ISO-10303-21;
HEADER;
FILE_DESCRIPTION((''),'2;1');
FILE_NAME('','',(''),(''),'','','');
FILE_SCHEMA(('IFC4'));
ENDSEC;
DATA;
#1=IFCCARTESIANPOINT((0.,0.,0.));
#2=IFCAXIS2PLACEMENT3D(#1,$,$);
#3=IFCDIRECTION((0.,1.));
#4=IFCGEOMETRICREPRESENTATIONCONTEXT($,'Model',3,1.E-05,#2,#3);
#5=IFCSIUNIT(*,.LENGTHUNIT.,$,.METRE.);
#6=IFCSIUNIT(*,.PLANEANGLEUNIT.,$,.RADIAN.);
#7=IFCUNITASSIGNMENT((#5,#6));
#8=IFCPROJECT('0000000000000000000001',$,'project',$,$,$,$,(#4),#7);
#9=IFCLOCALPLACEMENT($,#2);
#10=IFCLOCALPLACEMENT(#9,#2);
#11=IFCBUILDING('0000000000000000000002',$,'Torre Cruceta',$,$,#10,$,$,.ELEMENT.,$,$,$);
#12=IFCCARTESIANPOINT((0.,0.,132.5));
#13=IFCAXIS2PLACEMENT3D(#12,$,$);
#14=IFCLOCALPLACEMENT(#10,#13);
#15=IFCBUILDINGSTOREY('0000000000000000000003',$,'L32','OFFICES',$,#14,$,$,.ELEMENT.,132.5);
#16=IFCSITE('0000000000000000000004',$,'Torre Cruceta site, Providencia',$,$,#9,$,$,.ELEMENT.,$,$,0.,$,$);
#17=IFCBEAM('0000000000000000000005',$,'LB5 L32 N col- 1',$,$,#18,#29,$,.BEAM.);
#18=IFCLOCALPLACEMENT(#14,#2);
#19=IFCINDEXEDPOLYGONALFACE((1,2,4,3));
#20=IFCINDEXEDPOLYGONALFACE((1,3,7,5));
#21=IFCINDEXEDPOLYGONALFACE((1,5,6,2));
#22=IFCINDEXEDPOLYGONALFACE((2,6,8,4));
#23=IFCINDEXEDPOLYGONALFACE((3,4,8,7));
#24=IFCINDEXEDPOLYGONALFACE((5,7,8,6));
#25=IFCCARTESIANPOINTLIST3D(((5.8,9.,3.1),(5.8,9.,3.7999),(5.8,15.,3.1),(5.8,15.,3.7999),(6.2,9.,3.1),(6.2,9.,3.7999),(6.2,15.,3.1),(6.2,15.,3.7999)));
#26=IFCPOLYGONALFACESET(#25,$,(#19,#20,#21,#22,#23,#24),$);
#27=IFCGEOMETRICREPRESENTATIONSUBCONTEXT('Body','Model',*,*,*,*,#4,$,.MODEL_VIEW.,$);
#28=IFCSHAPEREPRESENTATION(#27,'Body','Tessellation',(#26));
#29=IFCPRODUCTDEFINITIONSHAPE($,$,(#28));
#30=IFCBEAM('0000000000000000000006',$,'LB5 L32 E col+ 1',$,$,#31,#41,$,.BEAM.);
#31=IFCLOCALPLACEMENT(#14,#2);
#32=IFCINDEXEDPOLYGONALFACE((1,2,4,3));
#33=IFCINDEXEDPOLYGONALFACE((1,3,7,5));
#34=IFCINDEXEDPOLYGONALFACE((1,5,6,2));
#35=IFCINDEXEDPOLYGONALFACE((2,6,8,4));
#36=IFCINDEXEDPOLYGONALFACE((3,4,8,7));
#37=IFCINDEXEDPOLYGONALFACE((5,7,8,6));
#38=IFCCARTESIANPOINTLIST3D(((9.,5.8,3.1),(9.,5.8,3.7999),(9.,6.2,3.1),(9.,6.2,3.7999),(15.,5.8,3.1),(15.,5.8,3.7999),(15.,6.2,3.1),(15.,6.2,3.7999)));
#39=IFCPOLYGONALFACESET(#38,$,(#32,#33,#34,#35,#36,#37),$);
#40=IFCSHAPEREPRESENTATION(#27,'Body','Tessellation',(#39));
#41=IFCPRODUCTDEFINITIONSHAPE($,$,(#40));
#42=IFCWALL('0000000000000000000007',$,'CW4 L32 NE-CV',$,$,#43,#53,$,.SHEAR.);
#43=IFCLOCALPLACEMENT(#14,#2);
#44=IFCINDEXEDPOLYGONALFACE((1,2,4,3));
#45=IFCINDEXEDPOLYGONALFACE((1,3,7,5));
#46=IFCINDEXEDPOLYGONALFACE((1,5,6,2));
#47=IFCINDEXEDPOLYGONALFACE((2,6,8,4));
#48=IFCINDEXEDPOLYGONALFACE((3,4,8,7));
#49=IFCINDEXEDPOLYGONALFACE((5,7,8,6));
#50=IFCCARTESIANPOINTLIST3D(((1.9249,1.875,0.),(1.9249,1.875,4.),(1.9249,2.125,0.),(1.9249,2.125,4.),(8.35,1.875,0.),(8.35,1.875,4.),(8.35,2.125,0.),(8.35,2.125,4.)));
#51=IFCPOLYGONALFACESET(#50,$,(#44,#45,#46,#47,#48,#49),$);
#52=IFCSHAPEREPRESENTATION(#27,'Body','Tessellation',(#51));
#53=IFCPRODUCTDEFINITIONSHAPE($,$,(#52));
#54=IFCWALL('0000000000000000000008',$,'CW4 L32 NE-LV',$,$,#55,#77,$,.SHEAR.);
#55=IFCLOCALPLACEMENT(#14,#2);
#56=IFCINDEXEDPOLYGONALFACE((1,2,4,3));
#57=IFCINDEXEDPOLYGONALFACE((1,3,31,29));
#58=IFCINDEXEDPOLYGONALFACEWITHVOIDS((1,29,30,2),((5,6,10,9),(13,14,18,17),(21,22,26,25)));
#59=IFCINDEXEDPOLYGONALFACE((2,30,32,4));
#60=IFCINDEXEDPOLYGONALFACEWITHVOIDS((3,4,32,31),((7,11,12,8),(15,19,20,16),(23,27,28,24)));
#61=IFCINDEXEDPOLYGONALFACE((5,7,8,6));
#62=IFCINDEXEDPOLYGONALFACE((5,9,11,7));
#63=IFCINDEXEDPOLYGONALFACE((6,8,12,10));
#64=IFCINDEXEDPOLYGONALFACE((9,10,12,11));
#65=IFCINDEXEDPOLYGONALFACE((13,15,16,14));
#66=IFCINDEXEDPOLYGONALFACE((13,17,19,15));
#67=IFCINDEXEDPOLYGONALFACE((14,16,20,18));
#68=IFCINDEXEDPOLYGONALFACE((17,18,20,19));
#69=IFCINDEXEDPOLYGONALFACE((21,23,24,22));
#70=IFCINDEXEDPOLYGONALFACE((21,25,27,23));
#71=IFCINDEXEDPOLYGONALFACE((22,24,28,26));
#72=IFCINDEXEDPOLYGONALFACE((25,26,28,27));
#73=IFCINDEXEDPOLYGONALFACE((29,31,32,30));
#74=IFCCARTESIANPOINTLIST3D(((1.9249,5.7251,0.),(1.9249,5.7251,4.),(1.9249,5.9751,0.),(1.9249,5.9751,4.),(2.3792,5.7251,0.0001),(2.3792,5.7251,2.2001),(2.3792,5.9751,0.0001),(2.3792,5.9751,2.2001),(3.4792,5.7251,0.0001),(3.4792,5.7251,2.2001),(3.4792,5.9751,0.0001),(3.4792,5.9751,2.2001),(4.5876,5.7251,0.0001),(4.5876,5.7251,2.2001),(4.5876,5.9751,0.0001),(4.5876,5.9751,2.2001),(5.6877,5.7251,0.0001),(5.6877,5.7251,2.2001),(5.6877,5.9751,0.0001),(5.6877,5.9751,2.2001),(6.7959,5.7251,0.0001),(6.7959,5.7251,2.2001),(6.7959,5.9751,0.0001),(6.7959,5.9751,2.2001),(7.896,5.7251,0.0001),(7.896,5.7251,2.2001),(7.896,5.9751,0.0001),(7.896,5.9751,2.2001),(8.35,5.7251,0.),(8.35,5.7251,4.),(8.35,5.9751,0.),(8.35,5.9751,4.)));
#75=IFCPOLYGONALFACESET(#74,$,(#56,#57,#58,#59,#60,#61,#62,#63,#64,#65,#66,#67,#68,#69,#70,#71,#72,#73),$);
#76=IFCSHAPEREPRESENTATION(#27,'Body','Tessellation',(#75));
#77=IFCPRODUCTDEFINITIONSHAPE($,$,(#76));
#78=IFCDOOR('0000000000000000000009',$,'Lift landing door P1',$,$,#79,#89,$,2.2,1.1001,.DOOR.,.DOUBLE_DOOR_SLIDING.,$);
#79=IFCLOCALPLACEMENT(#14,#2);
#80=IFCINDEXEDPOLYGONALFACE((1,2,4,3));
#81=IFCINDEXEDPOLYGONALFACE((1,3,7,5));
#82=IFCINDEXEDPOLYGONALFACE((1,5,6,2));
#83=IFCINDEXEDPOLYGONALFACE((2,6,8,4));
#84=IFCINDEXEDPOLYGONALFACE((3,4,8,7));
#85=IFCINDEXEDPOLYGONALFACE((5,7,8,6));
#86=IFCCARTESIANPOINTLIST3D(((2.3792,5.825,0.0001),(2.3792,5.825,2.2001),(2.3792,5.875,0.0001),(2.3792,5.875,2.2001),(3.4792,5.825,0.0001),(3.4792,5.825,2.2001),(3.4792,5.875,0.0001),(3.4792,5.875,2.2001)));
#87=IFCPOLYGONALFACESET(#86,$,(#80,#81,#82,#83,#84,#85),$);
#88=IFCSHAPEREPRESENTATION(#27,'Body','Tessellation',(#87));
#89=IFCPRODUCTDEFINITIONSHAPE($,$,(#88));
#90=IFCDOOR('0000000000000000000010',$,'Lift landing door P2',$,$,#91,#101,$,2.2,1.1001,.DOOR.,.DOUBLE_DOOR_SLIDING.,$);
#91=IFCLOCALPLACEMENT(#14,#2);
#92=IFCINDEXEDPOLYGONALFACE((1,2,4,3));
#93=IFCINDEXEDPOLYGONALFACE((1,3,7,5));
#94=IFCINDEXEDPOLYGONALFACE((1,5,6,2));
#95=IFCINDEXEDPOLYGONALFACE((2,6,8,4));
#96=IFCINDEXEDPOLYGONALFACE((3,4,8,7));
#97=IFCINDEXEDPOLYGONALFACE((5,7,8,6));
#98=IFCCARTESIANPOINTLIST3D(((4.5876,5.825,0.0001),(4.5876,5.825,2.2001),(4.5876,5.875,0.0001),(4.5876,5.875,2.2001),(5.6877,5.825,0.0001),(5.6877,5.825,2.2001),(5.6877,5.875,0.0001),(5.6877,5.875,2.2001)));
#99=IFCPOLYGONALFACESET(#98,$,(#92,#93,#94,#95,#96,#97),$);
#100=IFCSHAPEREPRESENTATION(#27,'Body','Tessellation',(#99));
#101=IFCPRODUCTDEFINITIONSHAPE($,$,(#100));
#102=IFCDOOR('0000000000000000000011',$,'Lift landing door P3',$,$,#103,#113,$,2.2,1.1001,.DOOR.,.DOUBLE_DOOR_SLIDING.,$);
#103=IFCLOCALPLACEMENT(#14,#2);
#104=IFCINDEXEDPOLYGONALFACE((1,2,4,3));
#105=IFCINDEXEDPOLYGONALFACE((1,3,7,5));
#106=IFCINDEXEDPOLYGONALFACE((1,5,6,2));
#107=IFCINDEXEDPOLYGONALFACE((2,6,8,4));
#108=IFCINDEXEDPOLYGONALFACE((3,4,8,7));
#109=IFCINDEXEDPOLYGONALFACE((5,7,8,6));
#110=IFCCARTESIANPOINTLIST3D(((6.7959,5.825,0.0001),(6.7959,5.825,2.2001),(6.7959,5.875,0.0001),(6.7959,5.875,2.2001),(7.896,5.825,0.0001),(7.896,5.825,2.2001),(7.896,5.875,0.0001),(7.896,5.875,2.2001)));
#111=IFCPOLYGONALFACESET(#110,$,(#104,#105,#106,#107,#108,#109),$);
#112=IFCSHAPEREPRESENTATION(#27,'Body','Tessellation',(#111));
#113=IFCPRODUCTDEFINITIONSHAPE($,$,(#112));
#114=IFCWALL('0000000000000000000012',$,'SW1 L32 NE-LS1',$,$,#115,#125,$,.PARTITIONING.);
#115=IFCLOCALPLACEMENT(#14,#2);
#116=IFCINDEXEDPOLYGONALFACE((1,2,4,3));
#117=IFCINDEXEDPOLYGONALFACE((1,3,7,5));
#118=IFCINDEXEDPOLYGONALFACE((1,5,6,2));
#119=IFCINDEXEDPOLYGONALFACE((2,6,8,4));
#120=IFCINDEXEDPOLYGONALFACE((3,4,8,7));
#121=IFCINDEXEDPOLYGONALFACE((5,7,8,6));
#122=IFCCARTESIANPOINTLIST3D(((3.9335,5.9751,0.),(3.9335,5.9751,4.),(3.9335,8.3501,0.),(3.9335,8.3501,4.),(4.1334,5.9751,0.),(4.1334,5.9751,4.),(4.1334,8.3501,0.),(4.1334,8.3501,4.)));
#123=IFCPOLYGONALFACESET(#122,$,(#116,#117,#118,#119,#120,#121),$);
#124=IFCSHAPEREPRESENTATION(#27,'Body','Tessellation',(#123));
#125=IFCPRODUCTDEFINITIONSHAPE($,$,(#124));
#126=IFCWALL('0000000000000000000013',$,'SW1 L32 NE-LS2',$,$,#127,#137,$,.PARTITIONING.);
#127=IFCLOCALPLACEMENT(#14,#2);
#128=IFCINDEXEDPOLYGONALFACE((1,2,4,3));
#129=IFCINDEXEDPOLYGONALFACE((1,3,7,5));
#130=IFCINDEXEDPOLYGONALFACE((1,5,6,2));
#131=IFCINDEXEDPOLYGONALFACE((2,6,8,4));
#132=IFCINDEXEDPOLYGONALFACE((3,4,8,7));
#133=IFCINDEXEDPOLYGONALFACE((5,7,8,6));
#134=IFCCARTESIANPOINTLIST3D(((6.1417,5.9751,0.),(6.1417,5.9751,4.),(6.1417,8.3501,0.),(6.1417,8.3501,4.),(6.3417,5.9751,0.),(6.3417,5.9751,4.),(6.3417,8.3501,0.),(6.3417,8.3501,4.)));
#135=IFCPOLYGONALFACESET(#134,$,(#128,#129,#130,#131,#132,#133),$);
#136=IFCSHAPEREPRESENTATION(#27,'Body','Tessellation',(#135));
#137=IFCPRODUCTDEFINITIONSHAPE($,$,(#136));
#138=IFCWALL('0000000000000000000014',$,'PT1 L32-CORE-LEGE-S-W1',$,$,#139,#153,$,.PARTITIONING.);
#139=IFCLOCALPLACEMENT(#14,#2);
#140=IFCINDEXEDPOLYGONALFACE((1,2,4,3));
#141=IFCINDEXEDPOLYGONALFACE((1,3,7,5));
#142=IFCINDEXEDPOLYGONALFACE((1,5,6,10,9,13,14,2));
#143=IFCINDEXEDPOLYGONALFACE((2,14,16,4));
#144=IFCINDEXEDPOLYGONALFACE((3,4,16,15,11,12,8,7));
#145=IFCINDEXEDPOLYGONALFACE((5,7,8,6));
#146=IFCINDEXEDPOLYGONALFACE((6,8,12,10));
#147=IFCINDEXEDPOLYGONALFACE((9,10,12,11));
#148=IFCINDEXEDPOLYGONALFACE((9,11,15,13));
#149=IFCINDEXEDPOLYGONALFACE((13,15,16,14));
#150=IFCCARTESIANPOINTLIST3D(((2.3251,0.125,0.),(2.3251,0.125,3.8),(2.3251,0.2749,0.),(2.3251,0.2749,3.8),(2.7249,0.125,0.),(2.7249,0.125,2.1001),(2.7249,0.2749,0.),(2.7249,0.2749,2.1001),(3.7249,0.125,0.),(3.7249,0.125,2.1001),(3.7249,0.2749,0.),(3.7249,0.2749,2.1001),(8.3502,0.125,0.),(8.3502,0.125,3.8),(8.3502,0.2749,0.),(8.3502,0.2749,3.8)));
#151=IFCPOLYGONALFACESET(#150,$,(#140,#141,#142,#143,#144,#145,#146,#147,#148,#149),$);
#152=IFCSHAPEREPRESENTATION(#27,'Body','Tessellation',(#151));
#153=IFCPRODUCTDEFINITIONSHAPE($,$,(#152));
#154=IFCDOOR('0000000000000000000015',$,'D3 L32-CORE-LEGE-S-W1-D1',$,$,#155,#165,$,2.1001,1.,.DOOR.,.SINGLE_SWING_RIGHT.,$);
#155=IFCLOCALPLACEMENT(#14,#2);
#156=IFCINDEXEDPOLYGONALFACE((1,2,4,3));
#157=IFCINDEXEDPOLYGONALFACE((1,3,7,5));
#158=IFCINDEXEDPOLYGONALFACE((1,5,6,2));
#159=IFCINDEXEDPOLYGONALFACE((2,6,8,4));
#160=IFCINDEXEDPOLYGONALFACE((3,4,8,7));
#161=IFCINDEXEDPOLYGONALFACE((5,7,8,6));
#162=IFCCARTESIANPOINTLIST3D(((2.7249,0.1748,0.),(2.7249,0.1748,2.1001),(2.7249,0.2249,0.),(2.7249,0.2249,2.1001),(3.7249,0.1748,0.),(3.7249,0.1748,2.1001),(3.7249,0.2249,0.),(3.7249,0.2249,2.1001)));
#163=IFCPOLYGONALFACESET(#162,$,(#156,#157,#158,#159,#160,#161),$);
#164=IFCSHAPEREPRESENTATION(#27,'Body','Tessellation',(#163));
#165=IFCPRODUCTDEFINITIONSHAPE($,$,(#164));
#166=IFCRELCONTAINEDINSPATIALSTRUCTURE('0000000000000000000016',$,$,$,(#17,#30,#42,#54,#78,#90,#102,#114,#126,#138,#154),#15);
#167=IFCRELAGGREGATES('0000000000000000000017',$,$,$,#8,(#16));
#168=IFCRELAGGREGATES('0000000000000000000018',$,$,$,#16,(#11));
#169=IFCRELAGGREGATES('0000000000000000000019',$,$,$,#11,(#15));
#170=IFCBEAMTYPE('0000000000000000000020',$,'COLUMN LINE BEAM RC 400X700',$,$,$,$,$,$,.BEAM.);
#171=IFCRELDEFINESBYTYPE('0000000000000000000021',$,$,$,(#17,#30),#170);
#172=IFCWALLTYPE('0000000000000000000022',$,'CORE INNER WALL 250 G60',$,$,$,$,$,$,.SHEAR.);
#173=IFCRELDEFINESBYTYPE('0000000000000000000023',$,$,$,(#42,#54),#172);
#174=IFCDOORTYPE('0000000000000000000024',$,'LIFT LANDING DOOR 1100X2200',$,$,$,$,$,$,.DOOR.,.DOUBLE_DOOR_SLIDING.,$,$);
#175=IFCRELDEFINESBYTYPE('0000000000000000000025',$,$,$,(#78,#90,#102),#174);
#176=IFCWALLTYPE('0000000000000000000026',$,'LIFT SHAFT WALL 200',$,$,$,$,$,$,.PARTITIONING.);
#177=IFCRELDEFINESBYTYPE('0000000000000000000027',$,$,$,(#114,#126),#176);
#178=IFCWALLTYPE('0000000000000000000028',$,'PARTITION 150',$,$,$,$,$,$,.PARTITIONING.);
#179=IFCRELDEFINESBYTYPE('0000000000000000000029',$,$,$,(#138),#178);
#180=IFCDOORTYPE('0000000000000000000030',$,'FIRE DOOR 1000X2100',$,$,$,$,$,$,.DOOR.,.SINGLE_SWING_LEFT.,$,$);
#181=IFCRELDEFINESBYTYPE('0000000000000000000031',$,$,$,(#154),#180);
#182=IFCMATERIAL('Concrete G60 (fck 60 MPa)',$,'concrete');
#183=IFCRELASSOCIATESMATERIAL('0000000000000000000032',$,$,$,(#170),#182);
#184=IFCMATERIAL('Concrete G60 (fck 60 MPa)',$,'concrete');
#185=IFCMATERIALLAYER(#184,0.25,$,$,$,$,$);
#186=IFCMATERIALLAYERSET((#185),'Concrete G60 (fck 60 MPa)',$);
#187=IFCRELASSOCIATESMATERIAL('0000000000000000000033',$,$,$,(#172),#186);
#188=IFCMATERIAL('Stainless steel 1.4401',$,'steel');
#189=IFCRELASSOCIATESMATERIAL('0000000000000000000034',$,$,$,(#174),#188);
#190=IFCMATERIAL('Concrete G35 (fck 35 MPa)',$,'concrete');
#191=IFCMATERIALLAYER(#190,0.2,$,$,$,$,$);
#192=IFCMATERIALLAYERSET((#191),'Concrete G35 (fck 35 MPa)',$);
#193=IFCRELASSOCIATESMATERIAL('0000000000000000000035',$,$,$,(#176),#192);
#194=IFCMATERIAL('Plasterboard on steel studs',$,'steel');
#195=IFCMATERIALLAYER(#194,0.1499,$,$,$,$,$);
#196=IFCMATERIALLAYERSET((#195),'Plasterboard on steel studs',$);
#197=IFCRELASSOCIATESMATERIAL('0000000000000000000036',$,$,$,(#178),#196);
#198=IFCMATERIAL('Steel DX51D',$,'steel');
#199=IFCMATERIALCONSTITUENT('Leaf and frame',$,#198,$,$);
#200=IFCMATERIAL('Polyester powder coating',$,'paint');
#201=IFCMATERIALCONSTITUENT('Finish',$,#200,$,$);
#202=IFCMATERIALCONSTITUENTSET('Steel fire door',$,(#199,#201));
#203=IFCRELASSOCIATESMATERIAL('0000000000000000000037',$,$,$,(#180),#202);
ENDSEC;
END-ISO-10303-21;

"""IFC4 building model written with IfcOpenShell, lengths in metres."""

from ifc_helpers import new_model, si_unit, direction, frame, frame_2d, origin, origin_2d, place, context, subcontext, project, spatial, rectangle, extrude, material, layer, layer_set, constituent, constituent_set, material_profile, profile_set, type_object, element, fill, save


model = new_model("IFC4")

# Units and contexts
model_context = context("Model", 3, precision=1e-05, world=origin(), true_north=direction((0.0, 1.0)))
body_context = subcontext(model_context, "Body", "Model", "MODEL_VIEW")
ifc_project = project(units=[si_unit("LENGTHUNIT", "METRE"), si_unit("PLANEANGLEUNIT", "RADIAN")], contexts=[model_context])

# Site, building, storey
site_placement = place(None, origin())
site = spatial("IfcSite", under=ifc_project, at=site_placement, Name="Torre Cruceta site, Providencia", CompositionType="ELEMENT", RefElevation=0.0)
building_placement = place(site_placement, origin())
building = spatial("IfcBuilding", under=site, at=building_placement, Name="Torre Cruceta", CompositionType="ELEMENT")
storey_placement = place(building_placement, frame((0.0, 0.0, 132.5)))
storey = spatial("IfcBuildingStorey", under=building, at=storey_placement, Name="L32", Description="OFFICES", CompositionType="ELEMENT", Elevation=132.5)

# Beams
ifc_material_1 = material(Name="Concrete G60 (fck 60 MPa)", Category="concrete")
ifc_material_profile = material_profile(ifc_material_1, rectangle(XDim=0.3999, YDim=0.7, at=origin_2d()), Name="RC 400X700")
ifc_profile_set = profile_set([ifc_material_profile], Name="Concrete G60 (fck 60 MPa)")
beam_type = type_object("IfcBeamType", Name="COLUMN LINE BEAM RC 400X700", PredefinedType="BEAM", material=ifc_profile_set)
for number, where, z_axis, x_axis, name in (
    (1, (6.0, 9.0, 3.45), (0.0, 1.0, 0.0), (-1.0, 0.0, 0.0), "LB5 L32 N col- 1"),
    (2, (9.0, 6.0, 3.45), (1.0, 0.0, 0.0), (0.0, 1.0, 0.0), "LB5 L32 E col+ 1"),
):
    element("IfcBeam", number, at=place(storey_placement, frame(where, z_axis=z_axis, x_axis=x_axis)), inside=storey, type_object=beam_type, Name=name, PredefinedType="BEAM", context=body_context, shape_type="SweptSolid", body=[
        extrude(rectangle(XDim=0.3999, YDim=0.7, at=origin_2d()), origin(), (0.0, 0.0, 1.0), 6.0),
    ])

# Shared definitions
ifc_material_2 = material(Name="Concrete G60 (fck 60 MPa)", Category="concrete")
ifc_layer_1 = layer(ifc_material_2, 0.25)
ifc_layer_set_1 = layer_set([ifc_layer_1], Name="Concrete G60 (fck 60 MPa)")
wall_type_1 = type_object("IfcWallType", Name="CORE INNER WALL 250 G60", PredefinedType="SHEAR", material=ifc_layer_set_1)

# Wall
wall_1_placement = place(storey_placement, frame((1.925, 2.0, 0.0), z_axis=(0.0, 0.0, 1.0), x_axis=(1.0, 0.0, 0.0)))
element("IfcWall", 3, at=wall_1_placement, inside=storey, type_object=wall_type_1, Name="CW4 L32 NE-CV", PredefinedType="SHEAR", context=body_context, shape_type="SweptSolid", body=[
    extrude(rectangle(XDim=6.425, YDim=0.25, at=frame_2d((3.2124, 0.0))), origin(), (0.0, 0.0, 1.0), 4.0),
])

# Wall, openings, doors
wall_2_placement = place(storey_placement, frame((1.925, 5.8501, 0.0), z_axis=(0.0, 0.0, 1.0), x_axis=(1.0, 0.0, 0.0)))
wall_2 = element("IfcWall", 4, at=wall_2_placement, inside=storey, type_object=wall_type_1, Name="CW4 L32 NE-LV", PredefinedType="SHEAR", context=body_context, shape_type="SweptSolid", body=[
    extrude(rectangle(XDim=6.425, YDim=0.25, at=frame_2d((3.2124, 0.0))), origin(), (0.0, 0.0, 1.0), 4.0),
])
opening_1_placement = place(wall_2_placement, frame((0.4541, 0.0, 0.0)))
opening_1 = element("IfcOpeningElement", 5, at=opening_1_placement, cuts=wall_2, PredefinedType="OPENING", context=body_context, shape_type="SweptSolid", body=[
    extrude(rectangle(XDim=1.1001, YDim=2.2, at=frame_2d((0.55, 1.1001))), frame((0.0, 0.135, 0.0), z_axis=(0.0, -1.0, 0.0), x_axis=(1.0, 0.0, 0.0)), (0.0, 0.0, 1.0), 0.27),
])
opening_2_placement = place(wall_2_placement, frame((2.6626, 0.0, 0.0)))
opening_2 = element("IfcOpeningElement", 6, at=opening_2_placement, cuts=wall_2, PredefinedType="OPENING", context=body_context, shape_type="SweptSolid", body=[
    extrude(rectangle(XDim=1.1001, YDim=2.2, at=frame_2d((0.55, 1.1001))), frame((0.0, 0.135, 0.0), z_axis=(0.0, -1.0, 0.0), x_axis=(1.0, 0.0, 0.0)), (0.0, 0.0, 1.0), 0.27),
])
opening_3_placement = place(wall_2_placement, frame((4.8708, 0.0, 0.0)))
opening_3 = element("IfcOpeningElement", 7, at=opening_3_placement, cuts=wall_2, PredefinedType="OPENING", context=body_context, shape_type="SweptSolid", body=[
    extrude(rectangle(XDim=1.1001, YDim=2.2, at=frame_2d((0.55, 1.1001))), frame((0.0, 0.135, 0.0), z_axis=(0.0, -1.0, 0.0), x_axis=(1.0, 0.0, 0.0)), (0.0, 0.0, 1.0), 0.27),
])
ifc_material_3 = material(Name="Stainless steel 1.4401", Category="steel")
door_type_1 = type_object("IfcDoorType", Name="LIFT LANDING DOOR 1100X2200", OperationType="DOUBLE_DOOR_SLIDING", PredefinedType="DOOR", material=ifc_material_3)
door_1_placement = place(opening_1_placement, origin())
door_1 = element("IfcDoor", 8, at=door_1_placement, inside=storey, type_object=door_type_1, Name="Lift landing door P1", OperationType="DOUBLE_DOOR_SLIDING", OverallHeight=2.2, OverallWidth=1.1001, PredefinedType="DOOR", context=body_context, shape_type="SweptSolid", body=[
    extrude(rectangle(XDim=1.1001, YDim=2.2, at=frame_2d((0.55, 1.1001))), frame((0.0, 0.0249, 0.0), z_axis=(0.0, -1.0, 0.0), x_axis=(1.0, 0.0, 0.0)), (0.0, 0.0, 1.0), 0.05),
])
fill(opening_1, door_1)
door_2_placement = place(opening_2_placement, origin())
door_2 = element("IfcDoor", 9, at=door_2_placement, inside=storey, type_object=door_type_1, Name="Lift landing door P2", OperationType="DOUBLE_DOOR_SLIDING", OverallHeight=2.2, OverallWidth=1.1001, PredefinedType="DOOR", context=body_context, shape_type="SweptSolid", body=[
    extrude(rectangle(XDim=1.1001, YDim=2.2, at=frame_2d((0.55, 1.1001))), frame((0.0, 0.0249, 0.0), z_axis=(0.0, -1.0, 0.0), x_axis=(1.0, 0.0, 0.0)), (0.0, 0.0, 1.0), 0.05),
])
fill(opening_2, door_2)
door_3_placement = place(opening_3_placement, origin())
door_3 = element("IfcDoor", 10, at=door_3_placement, inside=storey, type_object=door_type_1, Name="Lift landing door P3", OperationType="DOUBLE_DOOR_SLIDING", OverallHeight=2.2, OverallWidth=1.1001, PredefinedType="DOOR", context=body_context, shape_type="SweptSolid", body=[
    extrude(rectangle(XDim=1.1001, YDim=2.2, at=frame_2d((0.55, 1.1001))), frame((0.0, 0.0249, 0.0), z_axis=(0.0, -1.0, 0.0), x_axis=(1.0, 0.0, 0.0)), (0.0, 0.0, 1.0), 0.05),
])
fill(opening_3, door_3)

# Walls
ifc_material_4 = material(Name="Concrete G35 (fck 35 MPa)", Category="concrete")
ifc_layer_2 = layer(ifc_material_4, 0.2)
ifc_layer_set_2 = layer_set([ifc_layer_2], Name="Concrete G35 (fck 35 MPa)")
wall_type_2 = type_object("IfcWallType", Name="LIFT SHAFT WALL 200", PredefinedType="PARTITIONING", material=ifc_layer_set_2)
for number, where, z_axis, x_axis, name in (
    (11, (4.0334, 5.9751, 0.0), (0.0, 0.0, 1.0), (0.0, 1.0, 0.0), "SW1 L32 NE-LS1"),
    (12, (6.2417, 5.9751, 0.0), (0.0, 0.0, 1.0), (0.0, 1.0, 0.0), "SW1 L32 NE-LS2"),
):
    element("IfcWall", number, at=place(storey_placement, frame(where, z_axis=z_axis, x_axis=x_axis)), inside=storey, type_object=wall_type_2, Name=name, PredefinedType="PARTITIONING", context=body_context, shape_type="SweptSolid", body=[
        extrude(rectangle(XDim=2.375, YDim=0.2, at=frame_2d((1.1875, 0.0))), origin(), (0.0, 0.0, 1.0), 4.0),
    ])

# Wall, opening, door
ifc_material_5 = material(Name="Plasterboard on steel studs", Category="steel")
ifc_layer_3 = layer(ifc_material_5, 0.1499)
ifc_layer_set_3 = layer_set([ifc_layer_3], Name="Plasterboard on steel studs")
wall_type_3 = type_object("IfcWallType", Name="PARTITION 150", PredefinedType="PARTITIONING", material=ifc_layer_set_3)
wall_3_placement = place(storey_placement, frame((2.325, 0.2, 0.0), z_axis=(0.0, 0.0, 1.0), x_axis=(1.0, 0.0, 0.0)))
wall_3 = element("IfcWall", 13, at=wall_3_placement, inside=storey, type_object=wall_type_3, Name="PT1 L32-CORE-LEGE-S-W1", PredefinedType="PARTITIONING", context=body_context, shape_type="SweptSolid", body=[
    extrude(rectangle(XDim=6.0251, YDim=0.1499, at=frame_2d((3.0127, 0.0))), origin(), (0.0, 0.0, 1.0), 3.8),
])
opening_4_placement = place(wall_3_placement, frame((0.3999, 0.0, 0.0)))
opening_4 = element("IfcOpeningElement", 14, at=opening_4_placement, cuts=wall_3, PredefinedType="OPENING", context=body_context, shape_type="SweptSolid", body=[
    extrude(rectangle(XDim=1.0, YDim=2.1001, at=frame_2d((0.5, 1.05))), frame((0.0, 0.085, 0.0), z_axis=(0.0, -1.0, 0.0), x_axis=(1.0, 0.0, 0.0)), (0.0, 0.0, 1.0), 0.1699),
])
ifc_material_6 = material(Name="Steel DX51D", Category="steel")
ifc_constituent_1 = constituent(ifc_material_6, Name="Leaf and frame")
ifc_material_7 = material(Name="Polyester powder coating", Category="paint")
ifc_constituent_2 = constituent(ifc_material_7, Name="Finish")
ifc_constituent_set_1 = constituent_set(constituents=[ifc_constituent_1, ifc_constituent_2], Name="Steel fire door")
door_type_2 = type_object("IfcDoorType", Name="FIRE DOOR 1000X2100", OperationType="SINGLE_SWING_LEFT", PredefinedType="DOOR", material=ifc_constituent_set_1)
door_4_placement = place(opening_4_placement, frame((1.0, 0.0, 0.0), z_axis=(0.0, 0.0, 1.0), x_axis=(-1.0, 0.0, 0.0)))
door_4 = element("IfcDoor", 15, at=door_4_placement, inside=storey, type_object=door_type_2, Name="D3 L32-CORE-LEGE-S-W1-D1", OperationType="SINGLE_SWING_RIGHT", OverallHeight=2.1001, OverallWidth=1.0, PredefinedType="DOOR", context=body_context, shape_type="SweptSolid", body=[
    extrude(rectangle(XDim=1.0, YDim=2.1001, at=frame_2d((0.5, 1.05))), frame((0.0, 0.0251, 0.0), z_axis=(0.0, -1.0, 0.0), x_axis=(1.0, 0.0, 0.0)), (0.0, 0.0, 1.0), 0.05),
])
fill(opening_4, door_4)

save(model, "model.ifc")
